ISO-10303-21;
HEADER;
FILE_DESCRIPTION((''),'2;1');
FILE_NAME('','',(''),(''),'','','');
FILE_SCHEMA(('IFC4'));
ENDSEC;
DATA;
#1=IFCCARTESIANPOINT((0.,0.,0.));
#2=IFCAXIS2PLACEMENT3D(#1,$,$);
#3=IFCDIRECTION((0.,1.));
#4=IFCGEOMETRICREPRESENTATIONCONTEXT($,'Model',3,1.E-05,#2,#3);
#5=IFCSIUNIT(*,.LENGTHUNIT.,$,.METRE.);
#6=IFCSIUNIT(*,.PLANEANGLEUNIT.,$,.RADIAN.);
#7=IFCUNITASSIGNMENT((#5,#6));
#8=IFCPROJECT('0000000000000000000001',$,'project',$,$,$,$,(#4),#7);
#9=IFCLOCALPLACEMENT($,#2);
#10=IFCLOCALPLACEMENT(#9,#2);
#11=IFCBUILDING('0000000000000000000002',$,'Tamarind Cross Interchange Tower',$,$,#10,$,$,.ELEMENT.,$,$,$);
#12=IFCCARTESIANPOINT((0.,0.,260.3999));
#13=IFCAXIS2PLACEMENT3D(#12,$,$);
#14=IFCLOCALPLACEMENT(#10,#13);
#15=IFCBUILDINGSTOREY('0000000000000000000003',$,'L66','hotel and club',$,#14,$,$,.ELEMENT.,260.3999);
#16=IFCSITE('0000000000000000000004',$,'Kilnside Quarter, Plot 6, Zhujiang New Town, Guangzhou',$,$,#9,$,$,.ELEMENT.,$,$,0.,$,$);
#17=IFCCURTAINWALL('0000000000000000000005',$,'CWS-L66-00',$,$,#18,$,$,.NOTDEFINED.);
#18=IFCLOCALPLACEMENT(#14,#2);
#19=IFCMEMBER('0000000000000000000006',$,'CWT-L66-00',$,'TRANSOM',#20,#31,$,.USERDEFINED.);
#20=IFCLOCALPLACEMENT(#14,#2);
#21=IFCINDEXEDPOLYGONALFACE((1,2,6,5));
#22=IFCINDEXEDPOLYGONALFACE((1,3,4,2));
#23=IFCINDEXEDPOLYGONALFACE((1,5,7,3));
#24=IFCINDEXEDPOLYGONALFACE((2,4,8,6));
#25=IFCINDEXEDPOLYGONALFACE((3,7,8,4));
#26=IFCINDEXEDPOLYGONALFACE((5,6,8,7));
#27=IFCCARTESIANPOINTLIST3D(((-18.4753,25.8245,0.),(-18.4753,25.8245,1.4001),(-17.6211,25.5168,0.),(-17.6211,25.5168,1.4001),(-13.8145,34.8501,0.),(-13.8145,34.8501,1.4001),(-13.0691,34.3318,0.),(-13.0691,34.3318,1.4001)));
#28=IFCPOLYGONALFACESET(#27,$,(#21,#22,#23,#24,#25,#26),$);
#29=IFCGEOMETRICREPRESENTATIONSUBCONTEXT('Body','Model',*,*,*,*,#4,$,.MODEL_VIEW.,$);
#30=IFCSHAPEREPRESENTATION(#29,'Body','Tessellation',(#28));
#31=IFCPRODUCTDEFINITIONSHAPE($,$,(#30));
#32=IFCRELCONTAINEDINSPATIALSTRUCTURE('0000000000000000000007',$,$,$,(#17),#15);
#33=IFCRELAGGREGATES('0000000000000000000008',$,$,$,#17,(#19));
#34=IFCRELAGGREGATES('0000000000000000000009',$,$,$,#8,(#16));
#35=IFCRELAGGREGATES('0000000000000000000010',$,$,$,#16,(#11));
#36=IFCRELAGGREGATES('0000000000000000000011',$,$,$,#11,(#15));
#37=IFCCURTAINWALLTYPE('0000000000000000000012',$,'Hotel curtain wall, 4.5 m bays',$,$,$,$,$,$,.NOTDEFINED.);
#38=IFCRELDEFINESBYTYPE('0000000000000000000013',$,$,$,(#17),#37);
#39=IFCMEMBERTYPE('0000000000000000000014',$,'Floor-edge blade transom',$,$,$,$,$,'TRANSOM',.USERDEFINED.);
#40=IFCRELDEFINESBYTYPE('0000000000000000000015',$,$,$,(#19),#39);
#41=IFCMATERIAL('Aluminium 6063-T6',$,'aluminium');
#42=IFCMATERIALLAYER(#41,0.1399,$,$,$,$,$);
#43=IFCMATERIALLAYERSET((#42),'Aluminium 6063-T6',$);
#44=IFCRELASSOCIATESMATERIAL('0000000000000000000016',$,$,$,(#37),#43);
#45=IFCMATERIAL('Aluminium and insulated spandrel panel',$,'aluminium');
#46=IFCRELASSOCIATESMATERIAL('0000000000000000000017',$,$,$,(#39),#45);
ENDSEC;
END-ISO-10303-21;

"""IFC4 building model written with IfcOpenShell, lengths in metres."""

from ifc_helpers import new_model, si_unit, direction, frame, origin, place, context, subcontext, project, spatial, polyline, outline, extrude, material, layer, layer_set, type_object, element, aggregate, save


model = new_model("IFC4")

# Units and contexts
model_context = context("Model", 3, precision=1e-05, world=origin(), true_north=direction((0.0, 1.0)))
body_context = subcontext(model_context, "Body", "Model", "MODEL_VIEW")
ifc_project = project(units=[si_unit("LENGTHUNIT", "METRE"), si_unit("PLANEANGLEUNIT", "RADIAN")], contexts=[model_context])

# Site, building, storey
site_placement = place(None, origin())
site = spatial("IfcSite", under=ifc_project, at=site_placement, Name="Kilnside Quarter, Plot 6, Zhujiang New Town, Guangzhou", CompositionType="ELEMENT", RefElevation=0.0)
building_placement = place(site_placement, origin())
building = spatial("IfcBuilding", under=site, at=building_placement, Name="Tamarind Cross Interchange Tower", CompositionType="ELEMENT")
storey_placement = place(building_placement, frame((0.0, 0.0, 260.3999)))
storey = spatial("IfcBuildingStorey", under=building, at=storey_placement, Name="L66", Description="hotel and club", CompositionType="ELEMENT", Elevation=260.3999)

# Curtain wall, member
ifc_material_1 = material(Name="Aluminium 6063-T6", Category="aluminium")
ifc_layer_1 = layer(ifc_material_1, 0.1399)
ifc_layer_set_1 = layer_set([ifc_layer_1], Name="Aluminium 6063-T6")
curtain_wall_type = type_object("IfcCurtainWallType", Name="Hotel curtain wall, 4.5 m bays", PredefinedType="NOTDEFINED", material=ifc_layer_set_1)
curtain_wall_1_placement = place(storey_placement, origin())
curtain_wall_1 = element("IfcCurtainWall", 1, at=curtain_wall_1_placement, inside=storey, type_object=curtain_wall_type, Name="CWS-L66-00", PredefinedType="NOTDEFINED")
ifc_material_2 = material(Name="Aluminium and insulated spandrel panel", Category="aluminium")
member_type = type_object("IfcMemberType", Name="Floor-edge blade transom", ElementType="TRANSOM", PredefinedType="USERDEFINED", material=ifc_material_2)
member_placement = place(storey_placement, origin())
member = element("IfcMember", 2, at=member_placement, type_object=member_type, Name="CWT-L66-00", ObjectType="TRANSOM", PredefinedType="USERDEFINED", context=body_context, shape_type="SweptSolid", body=[
    extrude(outline(polyline([(-13.0691, 34.3318), (-17.6211, 25.5168), (-18.4753, 25.8245), (-13.8145, 34.8501), (-13.0691, 34.3318)])), origin(), (0.0, 0.0, 1.0), 1.4001),
])

aggregate(curtain_wall_1, [member])

save(model, "model.ifc")
